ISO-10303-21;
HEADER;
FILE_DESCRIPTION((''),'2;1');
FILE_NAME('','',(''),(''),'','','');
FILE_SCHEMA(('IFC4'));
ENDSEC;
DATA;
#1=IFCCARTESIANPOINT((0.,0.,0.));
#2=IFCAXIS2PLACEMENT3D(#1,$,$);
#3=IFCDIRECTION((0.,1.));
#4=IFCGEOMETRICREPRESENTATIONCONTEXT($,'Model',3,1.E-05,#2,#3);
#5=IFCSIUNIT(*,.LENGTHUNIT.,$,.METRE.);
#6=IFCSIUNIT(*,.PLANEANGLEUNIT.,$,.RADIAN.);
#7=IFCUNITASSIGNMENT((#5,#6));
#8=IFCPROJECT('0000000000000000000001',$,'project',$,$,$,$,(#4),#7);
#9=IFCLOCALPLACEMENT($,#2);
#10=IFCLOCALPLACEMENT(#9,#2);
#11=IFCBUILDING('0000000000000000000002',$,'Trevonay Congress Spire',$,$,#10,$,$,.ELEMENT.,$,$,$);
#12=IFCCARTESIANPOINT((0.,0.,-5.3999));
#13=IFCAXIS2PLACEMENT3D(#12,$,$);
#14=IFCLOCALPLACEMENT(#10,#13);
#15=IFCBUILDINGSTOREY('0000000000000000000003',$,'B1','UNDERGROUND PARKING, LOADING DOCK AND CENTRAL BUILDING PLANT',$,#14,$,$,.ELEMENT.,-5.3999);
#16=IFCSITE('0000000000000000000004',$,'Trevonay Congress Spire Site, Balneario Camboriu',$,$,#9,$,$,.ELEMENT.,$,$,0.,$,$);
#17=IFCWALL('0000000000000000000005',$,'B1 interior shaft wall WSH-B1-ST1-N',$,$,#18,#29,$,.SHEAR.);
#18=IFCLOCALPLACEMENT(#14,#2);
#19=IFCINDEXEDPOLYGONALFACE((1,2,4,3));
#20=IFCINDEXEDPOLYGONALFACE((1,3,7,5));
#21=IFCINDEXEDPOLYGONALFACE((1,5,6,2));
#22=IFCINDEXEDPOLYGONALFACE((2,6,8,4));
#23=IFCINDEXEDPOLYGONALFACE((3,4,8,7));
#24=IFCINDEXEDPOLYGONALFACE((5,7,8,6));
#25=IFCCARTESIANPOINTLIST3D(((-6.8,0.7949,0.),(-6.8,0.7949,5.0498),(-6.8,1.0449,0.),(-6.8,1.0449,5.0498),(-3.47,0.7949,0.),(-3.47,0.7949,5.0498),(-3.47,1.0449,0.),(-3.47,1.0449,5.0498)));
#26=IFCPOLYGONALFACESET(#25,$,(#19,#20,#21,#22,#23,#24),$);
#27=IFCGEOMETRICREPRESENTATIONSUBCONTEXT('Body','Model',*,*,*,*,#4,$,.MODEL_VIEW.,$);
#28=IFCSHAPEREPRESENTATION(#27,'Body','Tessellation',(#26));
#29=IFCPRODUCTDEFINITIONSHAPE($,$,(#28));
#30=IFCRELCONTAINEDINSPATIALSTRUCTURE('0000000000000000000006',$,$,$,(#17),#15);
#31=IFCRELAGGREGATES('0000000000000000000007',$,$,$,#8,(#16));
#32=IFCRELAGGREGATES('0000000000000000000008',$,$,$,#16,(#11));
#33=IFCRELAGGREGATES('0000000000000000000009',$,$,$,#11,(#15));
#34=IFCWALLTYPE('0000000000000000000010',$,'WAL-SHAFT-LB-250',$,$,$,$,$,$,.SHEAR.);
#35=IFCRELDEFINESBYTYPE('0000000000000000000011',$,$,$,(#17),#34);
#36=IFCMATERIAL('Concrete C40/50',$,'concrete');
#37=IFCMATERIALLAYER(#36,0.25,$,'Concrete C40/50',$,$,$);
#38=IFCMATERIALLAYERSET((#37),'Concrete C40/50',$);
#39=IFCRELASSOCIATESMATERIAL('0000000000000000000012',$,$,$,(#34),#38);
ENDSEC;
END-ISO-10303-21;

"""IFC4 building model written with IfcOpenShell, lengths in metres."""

from ifc_helpers import new_model, si_unit, direction, frame, frame_2d, origin, place, context, subcontext, project, spatial, rectangle, extrude, material, layer, layer_set, type_object, element, save


model = new_model("IFC4")

# Units and contexts
model_context = context("Model", 3, precision=1e-05, world=origin(), true_north=direction((0.0, 1.0)))
body_context = subcontext(model_context, "Body", "Model", "MODEL_VIEW")
ifc_project = project(units=[si_unit("LENGTHUNIT", "METRE"), si_unit("PLANEANGLEUNIT", "RADIAN")], contexts=[model_context])

# Site, building, storey
site_placement = place(None, origin())
site = spatial("IfcSite", under=ifc_project, at=site_placement, Name="Trevonay Congress Spire Site, Balneario Camboriu", CompositionType="ELEMENT", RefElevation=0.0)
building_placement = place(site_placement, origin())
building = spatial("IfcBuilding", under=site, at=building_placement, Name="Trevonay Congress Spire", CompositionType="ELEMENT")
storey_placement = place(building_placement, frame((0.0, 0.0, -5.3999)))
storey = spatial("IfcBuildingStorey", under=building, at=storey_placement, Name="B1", Description="UNDERGROUND PARKING, LOADING DOCK AND CENTRAL BUILDING PLANT", CompositionType="ELEMENT", Elevation=-5.3999)

# Shared definitions
ifc_material_1 = material(Name="Concrete C40/50", Category="concrete")

# Wall
ifc_layer_1 = layer(ifc_material_1, 0.25, Name="Concrete C40/50")
ifc_layer_set_1 = layer_set([ifc_layer_1], Name="Concrete C40/50")
wall_type_1 = type_object("IfcWallType", Name="WAL-SHAFT-LB-250", PredefinedType="SHEAR", material=ifc_layer_set_1)
wall_1_placement = place(storey_placement, frame((-6.8, 0.9199, 0.0), z_axis=(0.0, 0.0, 1.0), x_axis=(1.0, 0.0, 0.0)))
element("IfcWall", 1, at=wall_1_placement, inside=storey, type_object=wall_type_1, Name="B1 interior shaft wall WSH-B1-ST1-N", PredefinedType="SHEAR", context=body_context, shape_type="SweptSolid", body=[
    extrude(rectangle(XDim=3.3301, YDim=0.25, at=frame_2d((1.665, 0.0))), origin(), (0.0, 0.0, 1.0), 5.0498),
])

save(model, "model.ifc")
